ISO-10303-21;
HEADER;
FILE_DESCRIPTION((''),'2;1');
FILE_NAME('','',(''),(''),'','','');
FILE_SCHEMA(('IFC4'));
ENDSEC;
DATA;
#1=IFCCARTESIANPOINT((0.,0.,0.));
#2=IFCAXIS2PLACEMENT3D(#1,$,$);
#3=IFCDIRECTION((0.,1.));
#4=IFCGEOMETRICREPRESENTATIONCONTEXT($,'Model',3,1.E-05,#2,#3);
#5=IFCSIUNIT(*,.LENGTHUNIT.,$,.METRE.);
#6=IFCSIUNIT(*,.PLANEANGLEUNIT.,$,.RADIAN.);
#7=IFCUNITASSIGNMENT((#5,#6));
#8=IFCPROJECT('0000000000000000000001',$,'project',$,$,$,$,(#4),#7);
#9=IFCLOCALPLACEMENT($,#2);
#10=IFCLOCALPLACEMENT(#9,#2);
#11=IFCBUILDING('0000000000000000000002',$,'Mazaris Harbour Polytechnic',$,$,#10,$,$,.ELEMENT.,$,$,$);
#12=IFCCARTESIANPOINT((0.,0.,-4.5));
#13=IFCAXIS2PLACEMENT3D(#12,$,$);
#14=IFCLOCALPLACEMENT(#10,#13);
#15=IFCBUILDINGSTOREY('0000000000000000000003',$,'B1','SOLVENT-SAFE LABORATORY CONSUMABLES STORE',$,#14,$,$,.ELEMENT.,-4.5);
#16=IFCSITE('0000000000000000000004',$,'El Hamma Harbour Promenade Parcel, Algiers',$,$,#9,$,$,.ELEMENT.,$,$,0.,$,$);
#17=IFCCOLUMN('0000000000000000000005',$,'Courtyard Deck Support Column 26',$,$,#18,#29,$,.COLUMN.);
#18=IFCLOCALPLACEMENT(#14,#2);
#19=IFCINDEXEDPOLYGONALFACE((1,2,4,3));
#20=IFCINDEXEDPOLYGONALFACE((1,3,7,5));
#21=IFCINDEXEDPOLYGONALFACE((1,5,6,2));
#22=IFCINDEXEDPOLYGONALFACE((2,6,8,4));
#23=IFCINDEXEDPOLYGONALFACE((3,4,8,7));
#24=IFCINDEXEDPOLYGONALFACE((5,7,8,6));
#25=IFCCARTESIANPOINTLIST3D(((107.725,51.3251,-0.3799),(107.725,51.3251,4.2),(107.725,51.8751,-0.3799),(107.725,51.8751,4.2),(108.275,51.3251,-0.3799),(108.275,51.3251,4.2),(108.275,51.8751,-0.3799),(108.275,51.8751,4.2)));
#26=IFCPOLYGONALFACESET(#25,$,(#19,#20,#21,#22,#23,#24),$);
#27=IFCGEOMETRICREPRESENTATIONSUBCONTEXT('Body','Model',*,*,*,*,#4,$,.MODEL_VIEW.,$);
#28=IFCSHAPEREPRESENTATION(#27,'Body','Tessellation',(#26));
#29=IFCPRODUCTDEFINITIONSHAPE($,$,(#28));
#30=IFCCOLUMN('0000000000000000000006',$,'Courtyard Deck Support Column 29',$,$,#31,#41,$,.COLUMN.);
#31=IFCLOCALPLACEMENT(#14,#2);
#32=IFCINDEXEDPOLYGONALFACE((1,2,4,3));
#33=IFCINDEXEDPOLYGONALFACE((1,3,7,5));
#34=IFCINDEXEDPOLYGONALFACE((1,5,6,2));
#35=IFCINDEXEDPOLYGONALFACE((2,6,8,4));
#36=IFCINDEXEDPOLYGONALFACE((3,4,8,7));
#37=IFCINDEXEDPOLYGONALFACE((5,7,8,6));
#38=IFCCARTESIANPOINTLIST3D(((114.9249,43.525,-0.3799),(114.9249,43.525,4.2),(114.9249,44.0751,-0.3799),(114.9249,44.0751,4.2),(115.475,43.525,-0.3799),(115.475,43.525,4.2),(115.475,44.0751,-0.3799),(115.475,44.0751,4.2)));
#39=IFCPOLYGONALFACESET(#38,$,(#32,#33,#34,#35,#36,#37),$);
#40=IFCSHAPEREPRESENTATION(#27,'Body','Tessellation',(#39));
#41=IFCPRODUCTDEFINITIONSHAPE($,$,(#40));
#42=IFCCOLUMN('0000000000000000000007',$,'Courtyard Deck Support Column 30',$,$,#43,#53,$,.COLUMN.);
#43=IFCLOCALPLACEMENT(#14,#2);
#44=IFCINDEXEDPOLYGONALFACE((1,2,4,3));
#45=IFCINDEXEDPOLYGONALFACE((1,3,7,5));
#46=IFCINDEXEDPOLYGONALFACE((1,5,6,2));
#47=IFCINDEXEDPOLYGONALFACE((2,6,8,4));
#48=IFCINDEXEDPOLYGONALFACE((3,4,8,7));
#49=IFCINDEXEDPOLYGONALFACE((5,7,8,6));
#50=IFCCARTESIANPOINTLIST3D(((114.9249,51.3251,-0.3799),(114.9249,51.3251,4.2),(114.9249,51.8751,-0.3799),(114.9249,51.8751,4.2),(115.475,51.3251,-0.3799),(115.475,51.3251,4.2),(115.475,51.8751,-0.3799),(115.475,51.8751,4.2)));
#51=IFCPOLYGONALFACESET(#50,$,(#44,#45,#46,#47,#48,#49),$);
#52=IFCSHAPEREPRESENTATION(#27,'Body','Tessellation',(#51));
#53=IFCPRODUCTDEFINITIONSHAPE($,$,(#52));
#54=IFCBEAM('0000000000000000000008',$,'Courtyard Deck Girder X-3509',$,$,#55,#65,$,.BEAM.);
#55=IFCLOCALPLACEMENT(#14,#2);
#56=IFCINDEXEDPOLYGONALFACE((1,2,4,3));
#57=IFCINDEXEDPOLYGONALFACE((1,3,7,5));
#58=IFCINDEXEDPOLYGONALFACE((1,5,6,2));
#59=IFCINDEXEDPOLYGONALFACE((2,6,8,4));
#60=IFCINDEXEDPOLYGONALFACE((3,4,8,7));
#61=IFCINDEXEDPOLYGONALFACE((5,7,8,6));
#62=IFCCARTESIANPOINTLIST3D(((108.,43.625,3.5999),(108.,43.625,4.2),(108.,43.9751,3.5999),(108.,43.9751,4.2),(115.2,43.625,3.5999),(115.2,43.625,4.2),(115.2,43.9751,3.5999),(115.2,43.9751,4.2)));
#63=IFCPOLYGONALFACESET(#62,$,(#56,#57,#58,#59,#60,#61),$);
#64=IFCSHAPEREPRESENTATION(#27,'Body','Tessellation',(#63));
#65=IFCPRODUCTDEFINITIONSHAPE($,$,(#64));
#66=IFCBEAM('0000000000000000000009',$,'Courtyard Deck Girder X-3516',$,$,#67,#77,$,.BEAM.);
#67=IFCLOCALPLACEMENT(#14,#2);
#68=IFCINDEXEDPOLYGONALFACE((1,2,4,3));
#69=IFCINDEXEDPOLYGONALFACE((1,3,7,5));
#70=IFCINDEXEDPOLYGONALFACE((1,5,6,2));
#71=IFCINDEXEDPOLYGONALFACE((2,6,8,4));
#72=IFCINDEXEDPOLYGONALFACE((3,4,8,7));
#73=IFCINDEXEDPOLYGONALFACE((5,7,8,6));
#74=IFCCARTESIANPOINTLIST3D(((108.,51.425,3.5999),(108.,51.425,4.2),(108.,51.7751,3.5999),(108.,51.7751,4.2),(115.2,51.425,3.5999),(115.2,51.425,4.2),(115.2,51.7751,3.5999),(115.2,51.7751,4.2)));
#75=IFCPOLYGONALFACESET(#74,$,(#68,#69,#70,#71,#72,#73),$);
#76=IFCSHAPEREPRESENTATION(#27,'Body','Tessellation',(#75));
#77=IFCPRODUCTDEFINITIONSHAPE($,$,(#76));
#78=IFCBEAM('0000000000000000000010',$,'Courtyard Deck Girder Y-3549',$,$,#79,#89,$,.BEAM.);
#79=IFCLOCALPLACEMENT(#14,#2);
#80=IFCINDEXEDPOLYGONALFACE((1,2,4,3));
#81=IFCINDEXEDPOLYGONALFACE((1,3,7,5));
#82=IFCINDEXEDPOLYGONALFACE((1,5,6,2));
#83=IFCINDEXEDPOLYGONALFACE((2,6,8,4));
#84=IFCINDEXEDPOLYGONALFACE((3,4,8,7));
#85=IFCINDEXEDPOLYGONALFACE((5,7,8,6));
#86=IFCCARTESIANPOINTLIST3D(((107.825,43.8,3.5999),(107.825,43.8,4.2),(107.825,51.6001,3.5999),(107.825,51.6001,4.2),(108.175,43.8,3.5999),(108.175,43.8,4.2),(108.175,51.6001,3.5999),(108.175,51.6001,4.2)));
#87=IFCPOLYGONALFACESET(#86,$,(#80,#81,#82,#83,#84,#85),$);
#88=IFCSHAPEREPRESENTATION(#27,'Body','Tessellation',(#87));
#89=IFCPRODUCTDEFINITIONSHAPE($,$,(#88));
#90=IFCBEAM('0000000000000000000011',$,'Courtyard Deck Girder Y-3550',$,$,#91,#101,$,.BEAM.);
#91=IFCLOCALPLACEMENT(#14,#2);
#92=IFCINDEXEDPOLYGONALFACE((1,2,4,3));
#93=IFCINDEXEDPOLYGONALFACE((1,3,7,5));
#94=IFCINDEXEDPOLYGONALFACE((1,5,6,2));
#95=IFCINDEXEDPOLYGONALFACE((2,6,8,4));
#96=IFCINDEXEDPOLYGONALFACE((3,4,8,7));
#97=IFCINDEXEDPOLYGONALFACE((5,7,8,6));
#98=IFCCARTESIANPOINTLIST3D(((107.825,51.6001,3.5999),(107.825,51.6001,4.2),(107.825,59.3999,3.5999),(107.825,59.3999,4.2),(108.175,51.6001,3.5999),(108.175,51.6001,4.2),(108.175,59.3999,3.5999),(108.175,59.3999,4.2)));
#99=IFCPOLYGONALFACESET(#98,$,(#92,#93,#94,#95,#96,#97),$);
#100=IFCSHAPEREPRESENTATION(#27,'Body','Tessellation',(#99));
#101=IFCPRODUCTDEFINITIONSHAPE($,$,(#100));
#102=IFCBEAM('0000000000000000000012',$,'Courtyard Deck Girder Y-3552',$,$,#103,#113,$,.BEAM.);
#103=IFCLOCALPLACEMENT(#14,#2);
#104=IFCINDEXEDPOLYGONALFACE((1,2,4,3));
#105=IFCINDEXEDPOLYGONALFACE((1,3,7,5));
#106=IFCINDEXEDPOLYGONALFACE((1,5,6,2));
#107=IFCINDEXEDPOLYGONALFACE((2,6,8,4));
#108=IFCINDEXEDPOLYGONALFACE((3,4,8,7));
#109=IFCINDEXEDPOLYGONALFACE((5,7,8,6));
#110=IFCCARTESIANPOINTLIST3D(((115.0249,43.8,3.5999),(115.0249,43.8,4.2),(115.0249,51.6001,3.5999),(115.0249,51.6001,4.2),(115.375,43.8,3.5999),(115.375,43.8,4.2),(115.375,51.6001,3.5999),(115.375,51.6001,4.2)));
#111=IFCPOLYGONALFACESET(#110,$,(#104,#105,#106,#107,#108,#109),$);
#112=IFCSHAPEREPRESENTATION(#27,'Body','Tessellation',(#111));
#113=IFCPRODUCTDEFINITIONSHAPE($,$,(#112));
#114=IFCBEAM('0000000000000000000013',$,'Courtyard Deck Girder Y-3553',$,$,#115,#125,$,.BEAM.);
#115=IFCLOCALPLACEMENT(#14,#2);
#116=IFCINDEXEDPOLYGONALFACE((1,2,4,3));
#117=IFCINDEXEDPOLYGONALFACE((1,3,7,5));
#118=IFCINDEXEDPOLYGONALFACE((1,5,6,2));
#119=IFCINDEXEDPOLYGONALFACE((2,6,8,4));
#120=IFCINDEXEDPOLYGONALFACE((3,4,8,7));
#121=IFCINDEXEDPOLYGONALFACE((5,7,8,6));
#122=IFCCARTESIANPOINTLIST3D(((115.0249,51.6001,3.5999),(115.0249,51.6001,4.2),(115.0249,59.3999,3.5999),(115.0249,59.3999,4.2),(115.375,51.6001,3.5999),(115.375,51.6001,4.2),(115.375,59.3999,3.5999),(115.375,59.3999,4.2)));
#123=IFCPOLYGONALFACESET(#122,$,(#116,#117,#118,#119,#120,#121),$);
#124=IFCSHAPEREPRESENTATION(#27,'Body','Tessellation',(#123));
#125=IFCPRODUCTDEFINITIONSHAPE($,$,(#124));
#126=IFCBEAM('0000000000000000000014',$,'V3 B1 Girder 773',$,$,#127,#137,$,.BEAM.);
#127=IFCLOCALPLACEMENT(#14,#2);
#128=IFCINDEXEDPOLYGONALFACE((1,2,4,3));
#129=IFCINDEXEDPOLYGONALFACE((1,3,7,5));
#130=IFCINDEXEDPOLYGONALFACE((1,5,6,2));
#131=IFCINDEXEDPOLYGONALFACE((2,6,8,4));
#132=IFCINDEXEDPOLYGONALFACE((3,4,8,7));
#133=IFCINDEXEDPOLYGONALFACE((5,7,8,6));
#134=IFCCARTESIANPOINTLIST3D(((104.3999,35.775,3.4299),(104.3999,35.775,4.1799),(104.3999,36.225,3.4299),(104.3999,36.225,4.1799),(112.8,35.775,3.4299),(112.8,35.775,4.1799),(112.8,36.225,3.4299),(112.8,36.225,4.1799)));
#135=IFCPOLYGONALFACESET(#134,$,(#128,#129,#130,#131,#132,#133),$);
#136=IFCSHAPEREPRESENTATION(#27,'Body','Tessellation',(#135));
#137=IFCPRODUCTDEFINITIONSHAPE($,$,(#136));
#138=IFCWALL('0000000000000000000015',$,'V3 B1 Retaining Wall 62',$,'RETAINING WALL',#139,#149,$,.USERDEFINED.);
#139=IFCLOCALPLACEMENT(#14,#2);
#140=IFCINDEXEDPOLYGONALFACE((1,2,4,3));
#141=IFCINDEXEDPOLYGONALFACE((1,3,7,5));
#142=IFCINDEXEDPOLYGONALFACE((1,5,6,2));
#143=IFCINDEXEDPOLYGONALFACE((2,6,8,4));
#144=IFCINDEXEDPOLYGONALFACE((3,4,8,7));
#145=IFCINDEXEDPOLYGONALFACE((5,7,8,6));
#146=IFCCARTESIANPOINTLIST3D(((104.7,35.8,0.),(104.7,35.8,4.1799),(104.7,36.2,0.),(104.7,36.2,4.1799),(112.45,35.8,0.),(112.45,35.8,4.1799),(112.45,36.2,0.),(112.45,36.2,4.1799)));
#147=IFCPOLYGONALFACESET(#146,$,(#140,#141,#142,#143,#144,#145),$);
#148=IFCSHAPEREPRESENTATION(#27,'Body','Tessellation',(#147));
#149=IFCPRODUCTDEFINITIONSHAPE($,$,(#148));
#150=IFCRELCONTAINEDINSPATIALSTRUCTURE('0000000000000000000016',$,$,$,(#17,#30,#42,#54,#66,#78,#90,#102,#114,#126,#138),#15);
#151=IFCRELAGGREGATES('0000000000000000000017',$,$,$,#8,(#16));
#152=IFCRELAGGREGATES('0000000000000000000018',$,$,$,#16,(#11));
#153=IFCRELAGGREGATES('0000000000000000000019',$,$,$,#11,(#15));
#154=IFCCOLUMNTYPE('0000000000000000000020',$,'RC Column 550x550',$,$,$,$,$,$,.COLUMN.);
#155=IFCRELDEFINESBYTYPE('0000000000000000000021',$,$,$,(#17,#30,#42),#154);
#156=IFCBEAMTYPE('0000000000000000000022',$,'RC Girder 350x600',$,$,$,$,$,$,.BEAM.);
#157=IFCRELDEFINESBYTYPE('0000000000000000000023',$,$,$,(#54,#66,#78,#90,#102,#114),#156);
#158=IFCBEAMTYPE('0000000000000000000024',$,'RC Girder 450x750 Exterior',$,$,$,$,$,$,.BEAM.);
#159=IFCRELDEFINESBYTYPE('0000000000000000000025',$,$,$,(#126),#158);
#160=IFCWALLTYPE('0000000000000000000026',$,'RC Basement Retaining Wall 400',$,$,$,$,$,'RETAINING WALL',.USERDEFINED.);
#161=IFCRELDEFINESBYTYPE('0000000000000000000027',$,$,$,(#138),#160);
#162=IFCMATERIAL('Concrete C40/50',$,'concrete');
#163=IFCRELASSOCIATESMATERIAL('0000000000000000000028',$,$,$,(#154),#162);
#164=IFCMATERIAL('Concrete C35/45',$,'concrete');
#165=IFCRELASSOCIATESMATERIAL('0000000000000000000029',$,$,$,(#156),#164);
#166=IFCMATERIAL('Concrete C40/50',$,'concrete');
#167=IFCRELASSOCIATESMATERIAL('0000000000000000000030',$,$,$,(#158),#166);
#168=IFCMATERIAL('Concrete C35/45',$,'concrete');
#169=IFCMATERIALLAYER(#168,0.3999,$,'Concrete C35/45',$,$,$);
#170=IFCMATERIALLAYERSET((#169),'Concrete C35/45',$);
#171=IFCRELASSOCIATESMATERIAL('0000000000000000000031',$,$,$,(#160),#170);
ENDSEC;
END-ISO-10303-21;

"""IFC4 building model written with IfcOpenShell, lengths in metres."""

from ifc_helpers import new_model, si_unit, direction, frame, frame_2d, origin, origin_2d, place, context, subcontext, project, spatial, rectangle, extrude, material, layer, layer_set, material_profile, profile_set, type_object, element, save


model = new_model("IFC4")

# Units and contexts
model_context = context("Model", 3, precision=1e-05, world=origin(), true_north=direction((0.0, 1.0)))
body_context = subcontext(model_context, "Body", "Model", "MODEL_VIEW")
ifc_project = project(units=[si_unit("LENGTHUNIT", "METRE"), si_unit("PLANEANGLEUNIT", "RADIAN")], contexts=[model_context])

# Site, building, storey
site_placement = place(None, origin())
site = spatial("IfcSite", under=ifc_project, at=site_placement, Name="El Hamma Harbour Promenade Parcel, Algiers", CompositionType="ELEMENT", RefElevation=0.0)
building_placement = place(site_placement, origin())
building = spatial("IfcBuilding", under=site, at=building_placement, Name="Mazaris Harbour Polytechnic", CompositionType="ELEMENT")
storey_placement = place(building_placement, frame((0.0, 0.0, -4.5)))
storey = spatial("IfcBuildingStorey", under=building, at=storey_placement, Name="B1", Description="SOLVENT-SAFE LABORATORY CONSUMABLES STORE", CompositionType="ELEMENT", Elevation=-4.5)

# Columns
ifc_material_1 = material(Name="Concrete C40/50", Category="concrete")
ifc_material_profile_1 = material_profile(ifc_material_1, rectangle(XDim=0.55, YDim=0.55, at=origin_2d()), Name="RECT550x550")
ifc_profile_set_1 = profile_set([ifc_material_profile_1], Name="Concrete C40/50")
column_type_1 = type_object("IfcColumnType", Name="RC Column 550x550", PredefinedType="COLUMN", material=ifc_profile_set_1)
for number, where, z_axis, x_axis, name in (
    (1, (108.0, 51.6001, -0.3799), (0.0, 0.0, 1.0), (1.0, 0.0, 0.0), "Courtyard Deck Support Column 26"),
    (2, (115.2, 43.8, -0.3799), (0.0, 0.0, 1.0), (1.0, 0.0, 0.0), "Courtyard Deck Support Column 29"),
    (3, (115.2, 51.6001, -0.3799), (0.0, 0.0, 1.0), (1.0, 0.0, 0.0), "Courtyard Deck Support Column 30"),
):
    element("IfcColumn", number, at=place(storey_placement, frame(where, z_axis=z_axis, x_axis=x_axis)), inside=storey, type_object=column_type_1, Name=name, PredefinedType="COLUMN", context=body_context, shape_type="SweptSolid", body=[
        extrude(rectangle(XDim=0.55, YDim=0.55, at=origin_2d()), origin(), (0.0, 0.0, 1.0), 4.5798),
    ])

# Beams
ifc_material_2 = material(Name="Concrete C35/45", Category="concrete")
ifc_material_profile_2 = material_profile(ifc_material_2, rectangle(XDim=0.3501, YDim=0.6001, at=origin_2d()), Name="RECT350x600")
ifc_profile_set_2 = profile_set([ifc_material_profile_2], Name="Concrete C35/45")
beam_type_1 = type_object("IfcBeamType", Name="RC Girder 350x600", PredefinedType="BEAM", material=ifc_profile_set_2)
for number, where, z_axis, x_axis, name in (
    (4, (108.0, 43.8, 3.8999), (1.0, 0.0, 0.0), (0.0, 1.0, 0.0), "Courtyard Deck Girder X-3509"),
    (5, (108.0, 51.6001, 3.8999), (1.0, 0.0, 0.0), (0.0, 1.0, 0.0), "Courtyard Deck Girder X-3516"),
):
    element("IfcBeam", number, at=place(storey_placement, frame(where, z_axis=z_axis, x_axis=x_axis)), inside=storey, type_object=beam_type_1, Name=name, PredefinedType="BEAM", context=body_context, shape_type="SweptSolid", body=[
        extrude(rectangle(XDim=0.3501, YDim=0.6001, at=origin_2d()), origin(), (0.0, 0.0, 1.0), 7.2),
    ])
beam_1_placement = place(storey_placement, frame((108.0, 43.8, 3.8999), z_axis=(0.0, 1.0, 0.0), x_axis=(-1.0, 0.0, 0.0)))
element("IfcBeam", 6, at=beam_1_placement, inside=storey, type_object=beam_type_1, Name="Courtyard Deck Girder Y-3549", PredefinedType="BEAM", context=body_context, shape_type="SweptSolid", body=[
    extrude(rectangle(XDim=0.3501, YDim=0.6001, at=origin_2d()), origin(), (0.0, 0.0, 1.0), 7.8),
])
beam_2_placement = place(storey_placement, frame((108.0, 51.6001, 3.8999), z_axis=(0.0, 1.0, 0.0), x_axis=(-1.0, 0.0, 0.0)))
element("IfcBeam", 7, at=beam_2_placement, inside=storey, type_object=beam_type_1, Name="Courtyard Deck Girder Y-3550", PredefinedType="BEAM", context=body_context, shape_type="SweptSolid", body=[
    extrude(rectangle(XDim=0.3501, YDim=0.6001, at=origin_2d()), origin(), (0.0, 0.0, 1.0), 7.7998),
])
beam_3_placement = place(storey_placement, frame((115.2, 43.8, 3.8999), z_axis=(0.0, 1.0, 0.0), x_axis=(-1.0, 0.0, 0.0)))
element("IfcBeam", 8, at=beam_3_placement, inside=storey, type_object=beam_type_1, Name="Courtyard Deck Girder Y-3552", PredefinedType="BEAM", context=body_context, shape_type="SweptSolid", body=[
    extrude(rectangle(XDim=0.3501, YDim=0.6001, at=origin_2d()), origin(), (0.0, 0.0, 1.0), 7.8),
])
beam_4_placement = place(storey_placement, frame((115.2, 51.6001, 3.8999), z_axis=(0.0, 1.0, 0.0), x_axis=(-1.0, 0.0, 0.0)))
element("IfcBeam", 9, at=beam_4_placement, inside=storey, type_object=beam_type_1, Name="Courtyard Deck Girder Y-3553", PredefinedType="BEAM", context=body_context, shape_type="SweptSolid", body=[
    extrude(rectangle(XDim=0.3501, YDim=0.6001, at=origin_2d()), origin(), (0.0, 0.0, 1.0), 7.7998),
])
ifc_material_3 = material(Name="Concrete C40/50", Category="concrete")
ifc_material_profile_3 = material_profile(ifc_material_3, rectangle(XDim=0.45, YDim=0.75, at=origin_2d()), Name="RECT450x750")
ifc_profile_set_3 = profile_set([ifc_material_profile_3], Name="Concrete C40/50")
beam_type_2 = type_object("IfcBeamType", Name="RC Girder 450x750 Exterior", PredefinedType="BEAM", material=ifc_profile_set_3)
beam_5_placement = place(storey_placement, frame((104.3999, 36.0, 3.8049), z_axis=(1.0, 0.0, 0.0), x_axis=(0.0, 1.0, 0.0)))
element("IfcBeam", 10, at=beam_5_placement, inside=storey, type_object=beam_type_2, Name="V3 B1 Girder 773", PredefinedType="BEAM", context=body_context, shape_type="SweptSolid", body=[
    extrude(rectangle(XDim=0.45, YDim=0.75, at=origin_2d()), origin(), (0.0, 0.0, 1.0), 8.4001),
])

# Wall
ifc_material_4 = material(Name="Concrete C35/45", Category="concrete")
ifc_layer = layer(ifc_material_4, 0.3999, Name="Concrete C35/45")
ifc_layer_set = layer_set([ifc_layer], Name="Concrete C35/45")
wall_type = type_object("IfcWallType", Name="RC Basement Retaining Wall 400", ElementType="RETAINING WALL", PredefinedType="USERDEFINED", material=ifc_layer_set)
wall_placement = place(storey_placement, frame((104.7, 36.0, 0.0), z_axis=(0.0, 0.0, 1.0), x_axis=(1.0, 0.0, 0.0)))
element("IfcWall", 11, at=wall_placement, inside=storey, type_object=wall_type, Name="V3 B1 Retaining Wall 62", ObjectType="RETAINING WALL", PredefinedType="USERDEFINED", context=body_context, shape_type="SweptSolid", body=[
    extrude(rectangle(XDim=7.75, YDim=0.3999, at=frame_2d((3.875, 0.0))), origin(), (0.0, 0.0, 1.0), 4.1799),
])

save(model, "model.ifc")
